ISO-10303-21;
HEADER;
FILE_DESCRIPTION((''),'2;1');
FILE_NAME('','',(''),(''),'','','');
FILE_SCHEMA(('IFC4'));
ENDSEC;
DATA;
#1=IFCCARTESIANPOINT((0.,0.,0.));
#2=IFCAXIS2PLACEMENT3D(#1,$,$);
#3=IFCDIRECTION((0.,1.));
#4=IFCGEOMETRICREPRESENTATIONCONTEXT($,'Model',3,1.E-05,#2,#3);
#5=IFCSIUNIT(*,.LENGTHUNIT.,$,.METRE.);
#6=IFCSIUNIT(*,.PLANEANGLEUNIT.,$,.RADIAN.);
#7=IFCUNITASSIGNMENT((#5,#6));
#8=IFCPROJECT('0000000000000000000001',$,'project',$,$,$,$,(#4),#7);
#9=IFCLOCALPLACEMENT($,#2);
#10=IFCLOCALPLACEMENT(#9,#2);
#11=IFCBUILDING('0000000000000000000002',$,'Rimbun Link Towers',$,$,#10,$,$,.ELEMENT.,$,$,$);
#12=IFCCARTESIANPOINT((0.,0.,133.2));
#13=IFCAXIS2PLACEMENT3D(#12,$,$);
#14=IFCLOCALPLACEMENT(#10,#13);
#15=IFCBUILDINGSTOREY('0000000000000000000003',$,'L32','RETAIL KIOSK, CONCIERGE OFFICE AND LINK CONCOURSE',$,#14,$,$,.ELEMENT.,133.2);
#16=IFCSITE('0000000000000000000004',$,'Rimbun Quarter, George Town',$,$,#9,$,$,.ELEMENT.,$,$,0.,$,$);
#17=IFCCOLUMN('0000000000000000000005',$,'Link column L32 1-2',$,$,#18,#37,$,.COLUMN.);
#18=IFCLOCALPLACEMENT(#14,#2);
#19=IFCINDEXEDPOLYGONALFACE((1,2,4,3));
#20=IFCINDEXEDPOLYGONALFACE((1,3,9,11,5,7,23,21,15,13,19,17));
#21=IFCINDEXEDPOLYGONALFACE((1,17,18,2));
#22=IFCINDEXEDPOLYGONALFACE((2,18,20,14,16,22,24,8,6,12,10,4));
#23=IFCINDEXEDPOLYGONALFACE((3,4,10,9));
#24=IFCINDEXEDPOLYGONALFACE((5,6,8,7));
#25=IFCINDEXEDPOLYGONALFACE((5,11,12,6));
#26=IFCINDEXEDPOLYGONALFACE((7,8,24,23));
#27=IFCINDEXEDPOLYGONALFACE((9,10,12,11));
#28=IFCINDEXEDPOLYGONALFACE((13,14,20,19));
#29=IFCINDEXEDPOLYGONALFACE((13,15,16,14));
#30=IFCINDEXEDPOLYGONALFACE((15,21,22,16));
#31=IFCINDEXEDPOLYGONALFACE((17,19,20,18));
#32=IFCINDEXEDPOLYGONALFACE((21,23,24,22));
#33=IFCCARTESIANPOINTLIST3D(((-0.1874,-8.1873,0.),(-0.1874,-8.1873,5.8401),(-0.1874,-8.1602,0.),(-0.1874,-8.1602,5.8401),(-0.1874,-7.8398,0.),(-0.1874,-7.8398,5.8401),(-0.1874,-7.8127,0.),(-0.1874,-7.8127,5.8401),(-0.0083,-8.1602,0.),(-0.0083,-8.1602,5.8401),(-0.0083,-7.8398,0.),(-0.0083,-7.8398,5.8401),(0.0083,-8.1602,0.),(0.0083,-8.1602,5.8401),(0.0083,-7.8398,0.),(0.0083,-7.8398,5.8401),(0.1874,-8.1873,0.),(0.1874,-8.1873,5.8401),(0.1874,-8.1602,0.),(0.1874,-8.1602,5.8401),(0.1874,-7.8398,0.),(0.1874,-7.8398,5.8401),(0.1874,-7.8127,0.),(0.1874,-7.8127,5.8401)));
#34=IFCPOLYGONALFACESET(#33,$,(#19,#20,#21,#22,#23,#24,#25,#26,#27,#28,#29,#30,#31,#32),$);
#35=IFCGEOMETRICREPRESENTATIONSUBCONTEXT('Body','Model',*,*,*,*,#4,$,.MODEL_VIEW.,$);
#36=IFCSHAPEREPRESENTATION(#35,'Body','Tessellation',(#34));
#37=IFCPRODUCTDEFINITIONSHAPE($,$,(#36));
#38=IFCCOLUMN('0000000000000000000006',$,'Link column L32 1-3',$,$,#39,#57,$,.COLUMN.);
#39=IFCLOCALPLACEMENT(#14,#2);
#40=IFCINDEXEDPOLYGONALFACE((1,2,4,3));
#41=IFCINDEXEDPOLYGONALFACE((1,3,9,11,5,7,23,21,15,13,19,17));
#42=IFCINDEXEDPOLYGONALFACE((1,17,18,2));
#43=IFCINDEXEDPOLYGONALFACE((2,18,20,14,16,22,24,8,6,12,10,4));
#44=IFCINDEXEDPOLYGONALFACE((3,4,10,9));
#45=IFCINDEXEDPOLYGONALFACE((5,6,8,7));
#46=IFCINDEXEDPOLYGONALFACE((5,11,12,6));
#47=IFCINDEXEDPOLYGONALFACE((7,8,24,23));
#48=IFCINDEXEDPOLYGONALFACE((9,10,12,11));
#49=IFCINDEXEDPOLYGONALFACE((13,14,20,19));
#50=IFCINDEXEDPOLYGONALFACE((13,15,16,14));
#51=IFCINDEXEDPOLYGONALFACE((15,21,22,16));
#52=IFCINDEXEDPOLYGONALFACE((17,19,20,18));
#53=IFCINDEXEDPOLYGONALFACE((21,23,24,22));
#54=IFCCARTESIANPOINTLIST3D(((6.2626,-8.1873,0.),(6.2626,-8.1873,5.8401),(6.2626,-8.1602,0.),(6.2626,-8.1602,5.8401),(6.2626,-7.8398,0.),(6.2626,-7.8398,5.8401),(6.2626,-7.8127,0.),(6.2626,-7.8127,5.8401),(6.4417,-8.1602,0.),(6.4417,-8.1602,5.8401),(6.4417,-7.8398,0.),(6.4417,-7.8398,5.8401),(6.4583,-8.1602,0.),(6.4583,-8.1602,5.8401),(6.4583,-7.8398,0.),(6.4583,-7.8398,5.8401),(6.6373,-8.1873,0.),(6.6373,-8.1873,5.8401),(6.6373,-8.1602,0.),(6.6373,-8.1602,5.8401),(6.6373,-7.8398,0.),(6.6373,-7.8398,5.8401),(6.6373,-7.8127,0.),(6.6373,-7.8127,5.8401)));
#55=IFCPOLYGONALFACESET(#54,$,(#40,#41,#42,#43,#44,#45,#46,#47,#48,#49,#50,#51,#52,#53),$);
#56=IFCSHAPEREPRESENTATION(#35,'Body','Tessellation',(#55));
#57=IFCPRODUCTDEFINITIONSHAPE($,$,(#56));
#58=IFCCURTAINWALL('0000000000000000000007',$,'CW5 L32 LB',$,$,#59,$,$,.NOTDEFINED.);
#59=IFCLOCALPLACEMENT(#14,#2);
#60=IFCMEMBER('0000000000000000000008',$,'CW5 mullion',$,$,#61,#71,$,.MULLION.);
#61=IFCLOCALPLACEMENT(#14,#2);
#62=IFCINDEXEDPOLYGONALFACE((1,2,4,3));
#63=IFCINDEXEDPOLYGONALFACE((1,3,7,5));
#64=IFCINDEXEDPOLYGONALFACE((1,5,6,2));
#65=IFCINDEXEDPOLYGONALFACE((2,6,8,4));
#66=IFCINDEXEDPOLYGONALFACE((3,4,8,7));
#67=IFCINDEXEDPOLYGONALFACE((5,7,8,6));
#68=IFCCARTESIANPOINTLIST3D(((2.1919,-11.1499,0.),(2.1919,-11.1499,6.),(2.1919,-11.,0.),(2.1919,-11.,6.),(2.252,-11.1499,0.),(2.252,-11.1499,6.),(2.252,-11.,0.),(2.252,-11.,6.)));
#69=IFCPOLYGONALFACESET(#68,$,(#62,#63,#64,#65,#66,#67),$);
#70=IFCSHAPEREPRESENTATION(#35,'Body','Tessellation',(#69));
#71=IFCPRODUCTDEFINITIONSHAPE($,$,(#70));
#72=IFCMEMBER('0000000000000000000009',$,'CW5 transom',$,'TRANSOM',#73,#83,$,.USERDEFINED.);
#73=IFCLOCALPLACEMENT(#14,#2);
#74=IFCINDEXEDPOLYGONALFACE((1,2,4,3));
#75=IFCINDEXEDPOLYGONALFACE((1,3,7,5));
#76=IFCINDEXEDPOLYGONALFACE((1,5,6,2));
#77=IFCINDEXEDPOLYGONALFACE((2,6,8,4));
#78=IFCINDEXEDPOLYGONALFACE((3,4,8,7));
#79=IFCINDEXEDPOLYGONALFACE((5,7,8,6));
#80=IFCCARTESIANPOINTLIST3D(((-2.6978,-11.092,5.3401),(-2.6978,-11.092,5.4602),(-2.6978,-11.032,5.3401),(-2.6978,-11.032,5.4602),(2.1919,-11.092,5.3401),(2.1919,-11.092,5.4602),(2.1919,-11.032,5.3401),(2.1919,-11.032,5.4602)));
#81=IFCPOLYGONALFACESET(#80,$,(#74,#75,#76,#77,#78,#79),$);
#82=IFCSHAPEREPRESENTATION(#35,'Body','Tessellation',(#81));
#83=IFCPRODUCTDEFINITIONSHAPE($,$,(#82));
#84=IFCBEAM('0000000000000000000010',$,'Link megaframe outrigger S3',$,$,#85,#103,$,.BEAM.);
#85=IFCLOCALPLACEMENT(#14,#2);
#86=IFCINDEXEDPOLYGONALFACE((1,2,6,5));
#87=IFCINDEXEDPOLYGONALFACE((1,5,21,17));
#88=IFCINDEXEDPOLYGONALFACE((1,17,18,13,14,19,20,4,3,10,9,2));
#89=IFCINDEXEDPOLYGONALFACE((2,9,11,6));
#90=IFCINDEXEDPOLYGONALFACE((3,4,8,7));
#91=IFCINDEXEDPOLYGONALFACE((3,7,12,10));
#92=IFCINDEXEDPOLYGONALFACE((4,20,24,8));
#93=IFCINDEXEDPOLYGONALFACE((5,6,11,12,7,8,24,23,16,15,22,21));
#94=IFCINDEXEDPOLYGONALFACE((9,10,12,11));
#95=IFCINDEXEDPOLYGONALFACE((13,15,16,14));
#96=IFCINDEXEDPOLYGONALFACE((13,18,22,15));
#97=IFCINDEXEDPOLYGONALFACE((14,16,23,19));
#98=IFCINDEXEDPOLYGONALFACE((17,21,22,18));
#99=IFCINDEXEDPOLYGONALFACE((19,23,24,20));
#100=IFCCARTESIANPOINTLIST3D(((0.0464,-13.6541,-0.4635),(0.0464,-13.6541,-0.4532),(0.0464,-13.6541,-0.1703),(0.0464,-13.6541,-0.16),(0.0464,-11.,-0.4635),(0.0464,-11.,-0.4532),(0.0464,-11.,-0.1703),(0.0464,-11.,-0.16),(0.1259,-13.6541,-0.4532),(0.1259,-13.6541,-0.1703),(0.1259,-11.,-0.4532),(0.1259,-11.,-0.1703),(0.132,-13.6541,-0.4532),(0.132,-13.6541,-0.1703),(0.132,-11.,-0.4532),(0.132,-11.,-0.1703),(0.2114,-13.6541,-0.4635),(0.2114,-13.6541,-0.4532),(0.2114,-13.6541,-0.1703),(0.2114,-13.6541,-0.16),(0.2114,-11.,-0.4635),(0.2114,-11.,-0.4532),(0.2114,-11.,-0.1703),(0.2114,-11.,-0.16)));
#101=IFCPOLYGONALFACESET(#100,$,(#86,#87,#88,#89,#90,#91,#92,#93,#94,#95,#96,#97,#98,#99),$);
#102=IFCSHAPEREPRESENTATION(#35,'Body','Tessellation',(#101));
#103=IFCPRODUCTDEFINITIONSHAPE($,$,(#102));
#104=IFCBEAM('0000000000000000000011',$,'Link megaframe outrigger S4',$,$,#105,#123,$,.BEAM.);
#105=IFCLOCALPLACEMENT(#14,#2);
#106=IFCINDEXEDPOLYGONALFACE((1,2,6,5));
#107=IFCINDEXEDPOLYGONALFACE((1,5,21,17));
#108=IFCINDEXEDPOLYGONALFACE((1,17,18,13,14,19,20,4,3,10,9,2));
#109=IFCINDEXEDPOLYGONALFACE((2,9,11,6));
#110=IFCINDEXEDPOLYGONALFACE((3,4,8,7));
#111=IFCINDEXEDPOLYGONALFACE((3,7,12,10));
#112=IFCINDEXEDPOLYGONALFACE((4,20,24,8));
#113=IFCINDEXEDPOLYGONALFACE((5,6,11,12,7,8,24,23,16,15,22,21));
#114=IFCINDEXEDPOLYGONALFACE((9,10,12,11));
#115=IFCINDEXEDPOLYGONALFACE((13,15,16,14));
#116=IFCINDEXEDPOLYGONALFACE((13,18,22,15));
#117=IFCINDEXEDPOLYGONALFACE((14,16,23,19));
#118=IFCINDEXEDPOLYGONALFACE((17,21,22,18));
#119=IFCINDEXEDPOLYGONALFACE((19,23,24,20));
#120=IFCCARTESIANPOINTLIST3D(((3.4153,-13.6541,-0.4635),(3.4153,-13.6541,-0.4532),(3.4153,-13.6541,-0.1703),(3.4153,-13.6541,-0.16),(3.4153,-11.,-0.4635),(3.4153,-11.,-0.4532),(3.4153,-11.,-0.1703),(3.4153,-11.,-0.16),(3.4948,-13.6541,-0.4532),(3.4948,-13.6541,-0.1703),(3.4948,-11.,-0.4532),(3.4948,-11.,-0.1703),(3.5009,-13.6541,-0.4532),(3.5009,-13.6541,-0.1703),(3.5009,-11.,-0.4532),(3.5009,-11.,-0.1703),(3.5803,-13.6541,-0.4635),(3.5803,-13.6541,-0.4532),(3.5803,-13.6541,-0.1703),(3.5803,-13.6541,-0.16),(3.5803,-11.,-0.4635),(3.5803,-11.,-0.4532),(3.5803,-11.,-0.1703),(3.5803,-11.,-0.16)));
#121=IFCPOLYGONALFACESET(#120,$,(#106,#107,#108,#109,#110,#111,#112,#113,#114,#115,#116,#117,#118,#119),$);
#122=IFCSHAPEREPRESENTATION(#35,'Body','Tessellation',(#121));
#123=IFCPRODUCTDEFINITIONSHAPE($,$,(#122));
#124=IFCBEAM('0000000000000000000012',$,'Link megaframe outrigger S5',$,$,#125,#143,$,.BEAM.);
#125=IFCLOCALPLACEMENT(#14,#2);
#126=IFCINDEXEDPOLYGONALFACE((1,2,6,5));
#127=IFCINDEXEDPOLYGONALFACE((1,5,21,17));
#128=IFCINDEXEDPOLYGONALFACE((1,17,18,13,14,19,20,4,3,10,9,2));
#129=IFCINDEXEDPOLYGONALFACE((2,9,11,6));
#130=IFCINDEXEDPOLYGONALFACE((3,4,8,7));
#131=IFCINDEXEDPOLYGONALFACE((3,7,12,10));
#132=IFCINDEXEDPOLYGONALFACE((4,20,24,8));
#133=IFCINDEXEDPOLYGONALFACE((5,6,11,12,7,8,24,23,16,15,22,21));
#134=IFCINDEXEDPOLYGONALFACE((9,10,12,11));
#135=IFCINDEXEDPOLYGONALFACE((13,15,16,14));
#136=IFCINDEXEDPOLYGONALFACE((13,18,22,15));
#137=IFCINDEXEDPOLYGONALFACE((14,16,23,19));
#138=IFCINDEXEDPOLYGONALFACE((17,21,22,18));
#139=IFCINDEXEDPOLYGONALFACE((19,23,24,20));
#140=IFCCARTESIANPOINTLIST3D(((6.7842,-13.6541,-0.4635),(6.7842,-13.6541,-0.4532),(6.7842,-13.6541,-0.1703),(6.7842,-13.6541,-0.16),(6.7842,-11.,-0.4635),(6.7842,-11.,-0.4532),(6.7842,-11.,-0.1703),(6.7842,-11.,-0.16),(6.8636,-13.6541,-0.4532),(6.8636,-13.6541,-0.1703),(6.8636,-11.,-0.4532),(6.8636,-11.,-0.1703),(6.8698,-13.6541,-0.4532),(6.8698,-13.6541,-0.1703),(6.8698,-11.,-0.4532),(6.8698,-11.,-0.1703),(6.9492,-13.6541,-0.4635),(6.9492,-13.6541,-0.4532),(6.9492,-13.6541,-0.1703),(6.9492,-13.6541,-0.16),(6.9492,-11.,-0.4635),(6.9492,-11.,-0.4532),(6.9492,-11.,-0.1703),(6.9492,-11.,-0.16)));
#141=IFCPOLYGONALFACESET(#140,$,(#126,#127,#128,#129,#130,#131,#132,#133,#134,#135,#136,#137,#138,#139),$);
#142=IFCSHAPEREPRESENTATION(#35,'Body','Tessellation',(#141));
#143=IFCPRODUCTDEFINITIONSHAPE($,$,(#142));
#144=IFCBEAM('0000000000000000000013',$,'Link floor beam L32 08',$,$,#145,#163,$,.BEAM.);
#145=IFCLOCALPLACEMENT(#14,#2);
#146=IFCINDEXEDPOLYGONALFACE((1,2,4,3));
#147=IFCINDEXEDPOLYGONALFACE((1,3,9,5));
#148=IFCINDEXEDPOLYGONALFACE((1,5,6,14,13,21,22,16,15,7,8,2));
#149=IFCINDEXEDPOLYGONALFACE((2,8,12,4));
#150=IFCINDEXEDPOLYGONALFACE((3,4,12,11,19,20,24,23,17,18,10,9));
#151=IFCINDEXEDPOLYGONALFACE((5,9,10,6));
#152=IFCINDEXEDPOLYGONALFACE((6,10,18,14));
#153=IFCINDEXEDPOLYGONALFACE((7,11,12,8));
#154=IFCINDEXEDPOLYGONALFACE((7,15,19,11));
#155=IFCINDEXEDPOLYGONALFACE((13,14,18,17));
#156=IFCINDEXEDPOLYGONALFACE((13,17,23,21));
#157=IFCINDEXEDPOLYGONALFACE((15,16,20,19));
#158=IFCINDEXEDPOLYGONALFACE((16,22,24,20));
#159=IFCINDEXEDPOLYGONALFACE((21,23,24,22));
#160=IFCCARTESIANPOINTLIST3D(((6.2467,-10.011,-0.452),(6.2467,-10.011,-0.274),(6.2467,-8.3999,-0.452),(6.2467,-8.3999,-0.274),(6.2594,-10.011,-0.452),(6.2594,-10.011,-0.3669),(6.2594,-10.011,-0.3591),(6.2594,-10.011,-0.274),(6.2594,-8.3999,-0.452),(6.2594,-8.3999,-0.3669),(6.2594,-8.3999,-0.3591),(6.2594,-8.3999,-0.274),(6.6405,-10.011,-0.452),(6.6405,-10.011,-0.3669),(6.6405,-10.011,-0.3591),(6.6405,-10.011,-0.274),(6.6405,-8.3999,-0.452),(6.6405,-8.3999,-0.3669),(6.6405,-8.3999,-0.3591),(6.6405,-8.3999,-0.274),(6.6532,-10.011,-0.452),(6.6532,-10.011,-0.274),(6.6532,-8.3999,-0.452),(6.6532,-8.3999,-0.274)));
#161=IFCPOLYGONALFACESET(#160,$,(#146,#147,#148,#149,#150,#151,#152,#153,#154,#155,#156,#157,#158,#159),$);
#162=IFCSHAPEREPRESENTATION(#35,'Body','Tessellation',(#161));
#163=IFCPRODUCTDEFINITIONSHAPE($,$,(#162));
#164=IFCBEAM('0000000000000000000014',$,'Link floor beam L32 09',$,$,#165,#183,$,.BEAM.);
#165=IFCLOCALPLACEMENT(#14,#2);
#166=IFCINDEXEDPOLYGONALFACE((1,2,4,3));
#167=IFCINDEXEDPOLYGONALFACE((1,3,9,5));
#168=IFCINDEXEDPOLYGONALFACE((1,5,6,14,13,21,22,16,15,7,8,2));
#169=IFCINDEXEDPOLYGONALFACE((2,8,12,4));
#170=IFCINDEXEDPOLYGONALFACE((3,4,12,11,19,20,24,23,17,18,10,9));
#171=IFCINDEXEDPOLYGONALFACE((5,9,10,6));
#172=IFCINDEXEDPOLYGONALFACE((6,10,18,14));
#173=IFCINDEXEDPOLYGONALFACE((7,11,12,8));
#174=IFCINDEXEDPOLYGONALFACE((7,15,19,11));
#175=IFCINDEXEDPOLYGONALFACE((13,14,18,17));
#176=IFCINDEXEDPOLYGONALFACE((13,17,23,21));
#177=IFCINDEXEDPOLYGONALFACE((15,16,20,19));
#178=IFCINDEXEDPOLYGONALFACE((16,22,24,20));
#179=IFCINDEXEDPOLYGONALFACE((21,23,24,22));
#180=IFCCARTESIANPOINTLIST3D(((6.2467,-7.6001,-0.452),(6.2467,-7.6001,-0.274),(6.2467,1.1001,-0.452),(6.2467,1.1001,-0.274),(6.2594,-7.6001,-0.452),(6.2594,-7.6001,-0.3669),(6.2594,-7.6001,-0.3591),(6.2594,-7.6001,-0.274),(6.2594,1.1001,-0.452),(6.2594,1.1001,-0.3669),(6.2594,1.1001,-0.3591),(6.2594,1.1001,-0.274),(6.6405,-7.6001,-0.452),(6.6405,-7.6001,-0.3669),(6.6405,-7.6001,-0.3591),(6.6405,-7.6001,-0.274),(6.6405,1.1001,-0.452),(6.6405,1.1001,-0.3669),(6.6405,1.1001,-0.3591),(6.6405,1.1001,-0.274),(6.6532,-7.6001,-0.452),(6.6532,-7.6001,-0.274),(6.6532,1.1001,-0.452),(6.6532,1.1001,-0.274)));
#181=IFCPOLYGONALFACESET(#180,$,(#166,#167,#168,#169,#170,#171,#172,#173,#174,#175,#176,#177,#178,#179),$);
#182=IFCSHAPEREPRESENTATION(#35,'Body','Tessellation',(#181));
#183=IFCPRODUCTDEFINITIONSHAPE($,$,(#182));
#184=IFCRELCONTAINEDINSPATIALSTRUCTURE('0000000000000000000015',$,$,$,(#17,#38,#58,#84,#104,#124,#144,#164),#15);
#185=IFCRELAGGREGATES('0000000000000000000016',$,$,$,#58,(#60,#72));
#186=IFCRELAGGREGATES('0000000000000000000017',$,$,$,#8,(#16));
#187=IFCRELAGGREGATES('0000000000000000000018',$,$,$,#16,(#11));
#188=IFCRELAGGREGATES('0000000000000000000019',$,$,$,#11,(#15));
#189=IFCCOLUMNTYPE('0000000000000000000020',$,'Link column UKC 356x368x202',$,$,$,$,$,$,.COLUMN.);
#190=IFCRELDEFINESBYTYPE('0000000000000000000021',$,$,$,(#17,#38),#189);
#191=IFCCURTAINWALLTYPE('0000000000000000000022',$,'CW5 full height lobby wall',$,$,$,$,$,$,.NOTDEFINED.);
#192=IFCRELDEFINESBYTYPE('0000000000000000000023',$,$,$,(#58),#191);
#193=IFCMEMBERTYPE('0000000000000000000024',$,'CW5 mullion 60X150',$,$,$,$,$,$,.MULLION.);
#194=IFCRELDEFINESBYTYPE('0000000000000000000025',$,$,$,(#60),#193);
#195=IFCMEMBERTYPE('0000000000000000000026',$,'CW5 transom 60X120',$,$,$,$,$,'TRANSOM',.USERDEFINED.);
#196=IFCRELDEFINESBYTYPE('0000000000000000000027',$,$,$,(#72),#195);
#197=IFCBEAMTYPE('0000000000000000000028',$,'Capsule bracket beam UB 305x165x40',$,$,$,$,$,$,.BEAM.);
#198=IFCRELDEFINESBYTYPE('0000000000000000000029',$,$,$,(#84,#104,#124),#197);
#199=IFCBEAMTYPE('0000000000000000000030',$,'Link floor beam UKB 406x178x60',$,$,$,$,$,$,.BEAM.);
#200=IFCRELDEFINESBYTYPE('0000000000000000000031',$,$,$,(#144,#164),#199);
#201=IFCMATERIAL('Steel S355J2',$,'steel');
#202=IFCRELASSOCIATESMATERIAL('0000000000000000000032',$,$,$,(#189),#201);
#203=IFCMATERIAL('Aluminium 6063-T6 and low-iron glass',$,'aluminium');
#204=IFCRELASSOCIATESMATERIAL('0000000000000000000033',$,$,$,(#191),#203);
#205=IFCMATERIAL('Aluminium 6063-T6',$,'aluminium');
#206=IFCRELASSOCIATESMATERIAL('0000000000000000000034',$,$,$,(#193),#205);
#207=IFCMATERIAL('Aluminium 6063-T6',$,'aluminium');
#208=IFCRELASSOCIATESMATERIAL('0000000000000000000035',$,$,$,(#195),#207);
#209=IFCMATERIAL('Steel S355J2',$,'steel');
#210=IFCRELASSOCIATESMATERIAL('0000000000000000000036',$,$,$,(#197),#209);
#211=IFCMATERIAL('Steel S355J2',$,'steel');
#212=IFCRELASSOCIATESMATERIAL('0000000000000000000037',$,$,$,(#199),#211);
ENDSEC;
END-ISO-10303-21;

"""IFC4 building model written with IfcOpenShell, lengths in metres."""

from ifc_helpers import new_model, si_unit, direction, frame, origin, origin_2d, place, context, subcontext, project, spatial, rectangle, i_section, extrude, material, material_profile, profile_set, type_object, element, aggregate, save


model = new_model("IFC4")

# Units and contexts
model_context = context("Model", 3, precision=1e-05, world=origin(), true_north=direction((0.0, 1.0)))
body_context = subcontext(model_context, "Body", "Model", "MODEL_VIEW")
ifc_project = project(units=[si_unit("LENGTHUNIT", "METRE"), si_unit("PLANEANGLEUNIT", "RADIAN")], contexts=[model_context])

# Site, building, storey
site_placement = place(None, origin())
site = spatial("IfcSite", under=ifc_project, at=site_placement, Name="Rimbun Quarter, George Town", CompositionType="ELEMENT", RefElevation=0.0)
building_placement = place(site_placement, origin())
building = spatial("IfcBuilding", under=site, at=building_placement, Name="Rimbun Link Towers", CompositionType="ELEMENT")
storey_placement = place(building_placement, frame((0.0, 0.0, 133.2)))
storey = spatial("IfcBuildingStorey", under=building, at=storey_placement, Name="L32", Description="RETAIL KIOSK, CONCIERGE OFFICE AND LINK CONCOURSE", CompositionType="ELEMENT", Elevation=133.2)

# Columns
ifc_material_1 = material(Name="Steel S355J2", Category="steel")
ifc_material_profile_1 = material_profile(ifc_material_1, i_section(OverallWidth=0.3748, OverallDepth=0.3745, WebThickness=0.0166, FlangeThickness=0.0271, at=origin_2d()), Name="UKC 356x368x202")
ifc_profile_set_1 = profile_set([ifc_material_profile_1], Name="Steel S355J2")
column_type = type_object("IfcColumnType", Name="Link column UKC 356x368x202", PredefinedType="COLUMN", material=ifc_profile_set_1)
for number, where, z_axis, x_axis, name in (
    (1, (0.0, -8.0, 0.0), (0.0, 0.0, 1.0), (1.0, 0.0, 0.0), "Link column L32 1-2"),
    (2, (6.45, -8.0, 0.0), (0.0, 0.0, 1.0), (1.0, 0.0, 0.0), "Link column L32 1-3"),
):
    element("IfcColumn", number, at=place(storey_placement, frame(where, z_axis=z_axis, x_axis=x_axis)), inside=storey, type_object=column_type, Name=name, PredefinedType="COLUMN", context=body_context, shape_type="SweptSolid", body=[
        extrude(i_section(OverallWidth=0.3748, OverallDepth=0.3745, WebThickness=0.0166, FlangeThickness=0.0271, at=origin_2d()), origin(), (0.0, 0.0, 1.0), 5.8401),
    ])

# Curtain wall, members
ifc_material_2 = material(Name="Aluminium 6063-T6 and low-iron glass", Category="aluminium")
curtain_wall_type = type_object("IfcCurtainWallType", Name="CW5 full height lobby wall", PredefinedType="NOTDEFINED", material=ifc_material_2)
curtain_wall_placement = place(storey_placement, origin())
curtain_wall = element("IfcCurtainWall", 3, at=curtain_wall_placement, inside=storey, type_object=curtain_wall_type, Name="CW5 L32 LB", PredefinedType="NOTDEFINED")
ifc_material_3 = material(Name="Aluminium 6063-T6", Category="aluminium")
ifc_material_profile_2 = material_profile(ifc_material_3, rectangle(XDim=0.1499, YDim=0.0601, at=origin_2d()), Name="MULLION 60X150")
ifc_profile_set_2 = profile_set([ifc_material_profile_2], Name="Aluminium 6063-T6")
member_type_1 = type_object("IfcMemberType", Name="CW5 mullion 60X150", PredefinedType="MULLION", material=ifc_profile_set_2)
member_1_placement = place(storey_placement, frame((2.2219, -11.075, 0.0), z_axis=(0.0, 0.0, 1.0), x_axis=(0.0, -1.0, 0.0)))
member_1 = element("IfcMember", 4, at=member_1_placement, type_object=member_type_1, Name="CW5 mullion", PredefinedType="MULLION", context=body_context, shape_type="SweptSolid", body=[
    extrude(rectangle(XDim=0.1499, YDim=0.0601, at=origin_2d()), origin(), (0.0, 0.0, 1.0), 6.0),
])
ifc_material_4 = material(Name="Aluminium 6063-T6", Category="aluminium")
ifc_material_profile_3 = material_profile(ifc_material_4, rectangle(XDim=0.0601, YDim=0.1201, at=origin_2d()), Name="TRANSOM 60X120")
ifc_profile_set_3 = profile_set([ifc_material_profile_3], Name="Aluminium 6063-T6")
member_type_2 = type_object("IfcMemberType", Name="CW5 transom 60X120", ElementType="TRANSOM", PredefinedType="USERDEFINED", material=ifc_profile_set_3)
member_2_placement = place(storey_placement, frame((2.1919, -11.062, 5.4001), z_axis=(-1.0, 0.0, 0.0), x_axis=(0.0, -1.0, 0.0)))
member_2 = element("IfcMember", 5, at=member_2_placement, type_object=member_type_2, Name="CW5 transom", ObjectType="TRANSOM", PredefinedType="USERDEFINED", context=body_context, shape_type="SweptSolid", body=[
    extrude(rectangle(XDim=0.0601, YDim=0.1201, at=origin_2d()), origin(), (0.0, 0.0, 1.0), 4.8896),
])

# Beams
ifc_material_5 = material(Name="Steel S355J2", Category="steel")
ifc_material_profile_4 = material_profile(ifc_material_5, i_section(OverallWidth=0.165, OverallDepth=0.3035, WebThickness=0.0061, FlangeThickness=0.0103, at=origin_2d()), Name="UB 305x165x40")
ifc_profile_set_4 = profile_set([ifc_material_profile_4], Name="Steel S355J2")
beam_type_1 = type_object("IfcBeamType", Name="Capsule bracket beam UB 305x165x40", PredefinedType="BEAM", material=ifc_profile_set_4)
for number, where, z_axis, x_axis, name in (
    (6, (0.1289, -11.0, -0.3118), (0.0, -1.0, 0.0), (1.0, 0.0, 0.0), "Link megaframe outrigger S3"),
    (7, (3.4978, -11.0, -0.3118), (0.0, -1.0, 0.0), (1.0, 0.0, 0.0), "Link megaframe outrigger S4"),
    (8, (6.8667, -11.0, -0.3118), (0.0, -1.0, 0.0), (1.0, 0.0, 0.0), "Link megaframe outrigger S5"),
):
    element("IfcBeam", number, at=place(storey_placement, frame(where, z_axis=z_axis, x_axis=x_axis)), inside=storey, type_object=beam_type_1, Name=name, PredefinedType="BEAM", context=body_context, shape_type="SweptSolid", body=[
        extrude(i_section(OverallWidth=0.165, OverallDepth=0.3035, WebThickness=0.0061, FlangeThickness=0.0103, at=origin_2d()), origin(), (0.0, 0.0, 1.0), 2.6541),
    ])
ifc_material_6 = material(Name="Steel S355J2", Category="steel")
ifc_material_profile_5 = material_profile(ifc_material_6, i_section(OverallWidth=0.178, OverallDepth=0.4065, WebThickness=0.0078, FlangeThickness=0.0127, at=origin_2d()), Name="UKB 406x178x60")
ifc_profile_set_5 = profile_set([ifc_material_profile_5], Name="Steel S355J2")
beam_type_2 = type_object("IfcBeamType", Name="Link floor beam UKB 406x178x60", PredefinedType="BEAM", material=ifc_profile_set_5)
beam_1_placement = place(storey_placement, frame((6.45, -10.011, -0.363), z_axis=(0.0, 1.0, 0.0), x_axis=(0.0, 0.0, 1.0)))
element("IfcBeam", 9, at=beam_1_placement, inside=storey, type_object=beam_type_2, Name="Link floor beam L32 08", PredefinedType="BEAM", context=body_context, shape_type="SweptSolid", body=[
    extrude(i_section(OverallWidth=0.178, OverallDepth=0.4065, WebThickness=0.0078, FlangeThickness=0.0127, at=origin_2d()), origin(), (0.0, 0.0, 1.0), 1.6111),
])
beam_2_placement = place(storey_placement, frame((6.45, -7.6001, -0.363), z_axis=(0.0, 1.0, 0.0), x_axis=(0.0, 0.0, 1.0)))
element("IfcBeam", 10, at=beam_2_placement, inside=storey, type_object=beam_type_2, Name="Link floor beam L32 09", PredefinedType="BEAM", context=body_context, shape_type="SweptSolid", body=[
    extrude(i_section(OverallWidth=0.178, OverallDepth=0.4065, WebThickness=0.0078, FlangeThickness=0.0127, at=origin_2d()), origin(), (0.0, 0.0, 1.0), 8.7002),
])

aggregate(curtain_wall, [member_1, member_2])

save(model, "model.ifc")
